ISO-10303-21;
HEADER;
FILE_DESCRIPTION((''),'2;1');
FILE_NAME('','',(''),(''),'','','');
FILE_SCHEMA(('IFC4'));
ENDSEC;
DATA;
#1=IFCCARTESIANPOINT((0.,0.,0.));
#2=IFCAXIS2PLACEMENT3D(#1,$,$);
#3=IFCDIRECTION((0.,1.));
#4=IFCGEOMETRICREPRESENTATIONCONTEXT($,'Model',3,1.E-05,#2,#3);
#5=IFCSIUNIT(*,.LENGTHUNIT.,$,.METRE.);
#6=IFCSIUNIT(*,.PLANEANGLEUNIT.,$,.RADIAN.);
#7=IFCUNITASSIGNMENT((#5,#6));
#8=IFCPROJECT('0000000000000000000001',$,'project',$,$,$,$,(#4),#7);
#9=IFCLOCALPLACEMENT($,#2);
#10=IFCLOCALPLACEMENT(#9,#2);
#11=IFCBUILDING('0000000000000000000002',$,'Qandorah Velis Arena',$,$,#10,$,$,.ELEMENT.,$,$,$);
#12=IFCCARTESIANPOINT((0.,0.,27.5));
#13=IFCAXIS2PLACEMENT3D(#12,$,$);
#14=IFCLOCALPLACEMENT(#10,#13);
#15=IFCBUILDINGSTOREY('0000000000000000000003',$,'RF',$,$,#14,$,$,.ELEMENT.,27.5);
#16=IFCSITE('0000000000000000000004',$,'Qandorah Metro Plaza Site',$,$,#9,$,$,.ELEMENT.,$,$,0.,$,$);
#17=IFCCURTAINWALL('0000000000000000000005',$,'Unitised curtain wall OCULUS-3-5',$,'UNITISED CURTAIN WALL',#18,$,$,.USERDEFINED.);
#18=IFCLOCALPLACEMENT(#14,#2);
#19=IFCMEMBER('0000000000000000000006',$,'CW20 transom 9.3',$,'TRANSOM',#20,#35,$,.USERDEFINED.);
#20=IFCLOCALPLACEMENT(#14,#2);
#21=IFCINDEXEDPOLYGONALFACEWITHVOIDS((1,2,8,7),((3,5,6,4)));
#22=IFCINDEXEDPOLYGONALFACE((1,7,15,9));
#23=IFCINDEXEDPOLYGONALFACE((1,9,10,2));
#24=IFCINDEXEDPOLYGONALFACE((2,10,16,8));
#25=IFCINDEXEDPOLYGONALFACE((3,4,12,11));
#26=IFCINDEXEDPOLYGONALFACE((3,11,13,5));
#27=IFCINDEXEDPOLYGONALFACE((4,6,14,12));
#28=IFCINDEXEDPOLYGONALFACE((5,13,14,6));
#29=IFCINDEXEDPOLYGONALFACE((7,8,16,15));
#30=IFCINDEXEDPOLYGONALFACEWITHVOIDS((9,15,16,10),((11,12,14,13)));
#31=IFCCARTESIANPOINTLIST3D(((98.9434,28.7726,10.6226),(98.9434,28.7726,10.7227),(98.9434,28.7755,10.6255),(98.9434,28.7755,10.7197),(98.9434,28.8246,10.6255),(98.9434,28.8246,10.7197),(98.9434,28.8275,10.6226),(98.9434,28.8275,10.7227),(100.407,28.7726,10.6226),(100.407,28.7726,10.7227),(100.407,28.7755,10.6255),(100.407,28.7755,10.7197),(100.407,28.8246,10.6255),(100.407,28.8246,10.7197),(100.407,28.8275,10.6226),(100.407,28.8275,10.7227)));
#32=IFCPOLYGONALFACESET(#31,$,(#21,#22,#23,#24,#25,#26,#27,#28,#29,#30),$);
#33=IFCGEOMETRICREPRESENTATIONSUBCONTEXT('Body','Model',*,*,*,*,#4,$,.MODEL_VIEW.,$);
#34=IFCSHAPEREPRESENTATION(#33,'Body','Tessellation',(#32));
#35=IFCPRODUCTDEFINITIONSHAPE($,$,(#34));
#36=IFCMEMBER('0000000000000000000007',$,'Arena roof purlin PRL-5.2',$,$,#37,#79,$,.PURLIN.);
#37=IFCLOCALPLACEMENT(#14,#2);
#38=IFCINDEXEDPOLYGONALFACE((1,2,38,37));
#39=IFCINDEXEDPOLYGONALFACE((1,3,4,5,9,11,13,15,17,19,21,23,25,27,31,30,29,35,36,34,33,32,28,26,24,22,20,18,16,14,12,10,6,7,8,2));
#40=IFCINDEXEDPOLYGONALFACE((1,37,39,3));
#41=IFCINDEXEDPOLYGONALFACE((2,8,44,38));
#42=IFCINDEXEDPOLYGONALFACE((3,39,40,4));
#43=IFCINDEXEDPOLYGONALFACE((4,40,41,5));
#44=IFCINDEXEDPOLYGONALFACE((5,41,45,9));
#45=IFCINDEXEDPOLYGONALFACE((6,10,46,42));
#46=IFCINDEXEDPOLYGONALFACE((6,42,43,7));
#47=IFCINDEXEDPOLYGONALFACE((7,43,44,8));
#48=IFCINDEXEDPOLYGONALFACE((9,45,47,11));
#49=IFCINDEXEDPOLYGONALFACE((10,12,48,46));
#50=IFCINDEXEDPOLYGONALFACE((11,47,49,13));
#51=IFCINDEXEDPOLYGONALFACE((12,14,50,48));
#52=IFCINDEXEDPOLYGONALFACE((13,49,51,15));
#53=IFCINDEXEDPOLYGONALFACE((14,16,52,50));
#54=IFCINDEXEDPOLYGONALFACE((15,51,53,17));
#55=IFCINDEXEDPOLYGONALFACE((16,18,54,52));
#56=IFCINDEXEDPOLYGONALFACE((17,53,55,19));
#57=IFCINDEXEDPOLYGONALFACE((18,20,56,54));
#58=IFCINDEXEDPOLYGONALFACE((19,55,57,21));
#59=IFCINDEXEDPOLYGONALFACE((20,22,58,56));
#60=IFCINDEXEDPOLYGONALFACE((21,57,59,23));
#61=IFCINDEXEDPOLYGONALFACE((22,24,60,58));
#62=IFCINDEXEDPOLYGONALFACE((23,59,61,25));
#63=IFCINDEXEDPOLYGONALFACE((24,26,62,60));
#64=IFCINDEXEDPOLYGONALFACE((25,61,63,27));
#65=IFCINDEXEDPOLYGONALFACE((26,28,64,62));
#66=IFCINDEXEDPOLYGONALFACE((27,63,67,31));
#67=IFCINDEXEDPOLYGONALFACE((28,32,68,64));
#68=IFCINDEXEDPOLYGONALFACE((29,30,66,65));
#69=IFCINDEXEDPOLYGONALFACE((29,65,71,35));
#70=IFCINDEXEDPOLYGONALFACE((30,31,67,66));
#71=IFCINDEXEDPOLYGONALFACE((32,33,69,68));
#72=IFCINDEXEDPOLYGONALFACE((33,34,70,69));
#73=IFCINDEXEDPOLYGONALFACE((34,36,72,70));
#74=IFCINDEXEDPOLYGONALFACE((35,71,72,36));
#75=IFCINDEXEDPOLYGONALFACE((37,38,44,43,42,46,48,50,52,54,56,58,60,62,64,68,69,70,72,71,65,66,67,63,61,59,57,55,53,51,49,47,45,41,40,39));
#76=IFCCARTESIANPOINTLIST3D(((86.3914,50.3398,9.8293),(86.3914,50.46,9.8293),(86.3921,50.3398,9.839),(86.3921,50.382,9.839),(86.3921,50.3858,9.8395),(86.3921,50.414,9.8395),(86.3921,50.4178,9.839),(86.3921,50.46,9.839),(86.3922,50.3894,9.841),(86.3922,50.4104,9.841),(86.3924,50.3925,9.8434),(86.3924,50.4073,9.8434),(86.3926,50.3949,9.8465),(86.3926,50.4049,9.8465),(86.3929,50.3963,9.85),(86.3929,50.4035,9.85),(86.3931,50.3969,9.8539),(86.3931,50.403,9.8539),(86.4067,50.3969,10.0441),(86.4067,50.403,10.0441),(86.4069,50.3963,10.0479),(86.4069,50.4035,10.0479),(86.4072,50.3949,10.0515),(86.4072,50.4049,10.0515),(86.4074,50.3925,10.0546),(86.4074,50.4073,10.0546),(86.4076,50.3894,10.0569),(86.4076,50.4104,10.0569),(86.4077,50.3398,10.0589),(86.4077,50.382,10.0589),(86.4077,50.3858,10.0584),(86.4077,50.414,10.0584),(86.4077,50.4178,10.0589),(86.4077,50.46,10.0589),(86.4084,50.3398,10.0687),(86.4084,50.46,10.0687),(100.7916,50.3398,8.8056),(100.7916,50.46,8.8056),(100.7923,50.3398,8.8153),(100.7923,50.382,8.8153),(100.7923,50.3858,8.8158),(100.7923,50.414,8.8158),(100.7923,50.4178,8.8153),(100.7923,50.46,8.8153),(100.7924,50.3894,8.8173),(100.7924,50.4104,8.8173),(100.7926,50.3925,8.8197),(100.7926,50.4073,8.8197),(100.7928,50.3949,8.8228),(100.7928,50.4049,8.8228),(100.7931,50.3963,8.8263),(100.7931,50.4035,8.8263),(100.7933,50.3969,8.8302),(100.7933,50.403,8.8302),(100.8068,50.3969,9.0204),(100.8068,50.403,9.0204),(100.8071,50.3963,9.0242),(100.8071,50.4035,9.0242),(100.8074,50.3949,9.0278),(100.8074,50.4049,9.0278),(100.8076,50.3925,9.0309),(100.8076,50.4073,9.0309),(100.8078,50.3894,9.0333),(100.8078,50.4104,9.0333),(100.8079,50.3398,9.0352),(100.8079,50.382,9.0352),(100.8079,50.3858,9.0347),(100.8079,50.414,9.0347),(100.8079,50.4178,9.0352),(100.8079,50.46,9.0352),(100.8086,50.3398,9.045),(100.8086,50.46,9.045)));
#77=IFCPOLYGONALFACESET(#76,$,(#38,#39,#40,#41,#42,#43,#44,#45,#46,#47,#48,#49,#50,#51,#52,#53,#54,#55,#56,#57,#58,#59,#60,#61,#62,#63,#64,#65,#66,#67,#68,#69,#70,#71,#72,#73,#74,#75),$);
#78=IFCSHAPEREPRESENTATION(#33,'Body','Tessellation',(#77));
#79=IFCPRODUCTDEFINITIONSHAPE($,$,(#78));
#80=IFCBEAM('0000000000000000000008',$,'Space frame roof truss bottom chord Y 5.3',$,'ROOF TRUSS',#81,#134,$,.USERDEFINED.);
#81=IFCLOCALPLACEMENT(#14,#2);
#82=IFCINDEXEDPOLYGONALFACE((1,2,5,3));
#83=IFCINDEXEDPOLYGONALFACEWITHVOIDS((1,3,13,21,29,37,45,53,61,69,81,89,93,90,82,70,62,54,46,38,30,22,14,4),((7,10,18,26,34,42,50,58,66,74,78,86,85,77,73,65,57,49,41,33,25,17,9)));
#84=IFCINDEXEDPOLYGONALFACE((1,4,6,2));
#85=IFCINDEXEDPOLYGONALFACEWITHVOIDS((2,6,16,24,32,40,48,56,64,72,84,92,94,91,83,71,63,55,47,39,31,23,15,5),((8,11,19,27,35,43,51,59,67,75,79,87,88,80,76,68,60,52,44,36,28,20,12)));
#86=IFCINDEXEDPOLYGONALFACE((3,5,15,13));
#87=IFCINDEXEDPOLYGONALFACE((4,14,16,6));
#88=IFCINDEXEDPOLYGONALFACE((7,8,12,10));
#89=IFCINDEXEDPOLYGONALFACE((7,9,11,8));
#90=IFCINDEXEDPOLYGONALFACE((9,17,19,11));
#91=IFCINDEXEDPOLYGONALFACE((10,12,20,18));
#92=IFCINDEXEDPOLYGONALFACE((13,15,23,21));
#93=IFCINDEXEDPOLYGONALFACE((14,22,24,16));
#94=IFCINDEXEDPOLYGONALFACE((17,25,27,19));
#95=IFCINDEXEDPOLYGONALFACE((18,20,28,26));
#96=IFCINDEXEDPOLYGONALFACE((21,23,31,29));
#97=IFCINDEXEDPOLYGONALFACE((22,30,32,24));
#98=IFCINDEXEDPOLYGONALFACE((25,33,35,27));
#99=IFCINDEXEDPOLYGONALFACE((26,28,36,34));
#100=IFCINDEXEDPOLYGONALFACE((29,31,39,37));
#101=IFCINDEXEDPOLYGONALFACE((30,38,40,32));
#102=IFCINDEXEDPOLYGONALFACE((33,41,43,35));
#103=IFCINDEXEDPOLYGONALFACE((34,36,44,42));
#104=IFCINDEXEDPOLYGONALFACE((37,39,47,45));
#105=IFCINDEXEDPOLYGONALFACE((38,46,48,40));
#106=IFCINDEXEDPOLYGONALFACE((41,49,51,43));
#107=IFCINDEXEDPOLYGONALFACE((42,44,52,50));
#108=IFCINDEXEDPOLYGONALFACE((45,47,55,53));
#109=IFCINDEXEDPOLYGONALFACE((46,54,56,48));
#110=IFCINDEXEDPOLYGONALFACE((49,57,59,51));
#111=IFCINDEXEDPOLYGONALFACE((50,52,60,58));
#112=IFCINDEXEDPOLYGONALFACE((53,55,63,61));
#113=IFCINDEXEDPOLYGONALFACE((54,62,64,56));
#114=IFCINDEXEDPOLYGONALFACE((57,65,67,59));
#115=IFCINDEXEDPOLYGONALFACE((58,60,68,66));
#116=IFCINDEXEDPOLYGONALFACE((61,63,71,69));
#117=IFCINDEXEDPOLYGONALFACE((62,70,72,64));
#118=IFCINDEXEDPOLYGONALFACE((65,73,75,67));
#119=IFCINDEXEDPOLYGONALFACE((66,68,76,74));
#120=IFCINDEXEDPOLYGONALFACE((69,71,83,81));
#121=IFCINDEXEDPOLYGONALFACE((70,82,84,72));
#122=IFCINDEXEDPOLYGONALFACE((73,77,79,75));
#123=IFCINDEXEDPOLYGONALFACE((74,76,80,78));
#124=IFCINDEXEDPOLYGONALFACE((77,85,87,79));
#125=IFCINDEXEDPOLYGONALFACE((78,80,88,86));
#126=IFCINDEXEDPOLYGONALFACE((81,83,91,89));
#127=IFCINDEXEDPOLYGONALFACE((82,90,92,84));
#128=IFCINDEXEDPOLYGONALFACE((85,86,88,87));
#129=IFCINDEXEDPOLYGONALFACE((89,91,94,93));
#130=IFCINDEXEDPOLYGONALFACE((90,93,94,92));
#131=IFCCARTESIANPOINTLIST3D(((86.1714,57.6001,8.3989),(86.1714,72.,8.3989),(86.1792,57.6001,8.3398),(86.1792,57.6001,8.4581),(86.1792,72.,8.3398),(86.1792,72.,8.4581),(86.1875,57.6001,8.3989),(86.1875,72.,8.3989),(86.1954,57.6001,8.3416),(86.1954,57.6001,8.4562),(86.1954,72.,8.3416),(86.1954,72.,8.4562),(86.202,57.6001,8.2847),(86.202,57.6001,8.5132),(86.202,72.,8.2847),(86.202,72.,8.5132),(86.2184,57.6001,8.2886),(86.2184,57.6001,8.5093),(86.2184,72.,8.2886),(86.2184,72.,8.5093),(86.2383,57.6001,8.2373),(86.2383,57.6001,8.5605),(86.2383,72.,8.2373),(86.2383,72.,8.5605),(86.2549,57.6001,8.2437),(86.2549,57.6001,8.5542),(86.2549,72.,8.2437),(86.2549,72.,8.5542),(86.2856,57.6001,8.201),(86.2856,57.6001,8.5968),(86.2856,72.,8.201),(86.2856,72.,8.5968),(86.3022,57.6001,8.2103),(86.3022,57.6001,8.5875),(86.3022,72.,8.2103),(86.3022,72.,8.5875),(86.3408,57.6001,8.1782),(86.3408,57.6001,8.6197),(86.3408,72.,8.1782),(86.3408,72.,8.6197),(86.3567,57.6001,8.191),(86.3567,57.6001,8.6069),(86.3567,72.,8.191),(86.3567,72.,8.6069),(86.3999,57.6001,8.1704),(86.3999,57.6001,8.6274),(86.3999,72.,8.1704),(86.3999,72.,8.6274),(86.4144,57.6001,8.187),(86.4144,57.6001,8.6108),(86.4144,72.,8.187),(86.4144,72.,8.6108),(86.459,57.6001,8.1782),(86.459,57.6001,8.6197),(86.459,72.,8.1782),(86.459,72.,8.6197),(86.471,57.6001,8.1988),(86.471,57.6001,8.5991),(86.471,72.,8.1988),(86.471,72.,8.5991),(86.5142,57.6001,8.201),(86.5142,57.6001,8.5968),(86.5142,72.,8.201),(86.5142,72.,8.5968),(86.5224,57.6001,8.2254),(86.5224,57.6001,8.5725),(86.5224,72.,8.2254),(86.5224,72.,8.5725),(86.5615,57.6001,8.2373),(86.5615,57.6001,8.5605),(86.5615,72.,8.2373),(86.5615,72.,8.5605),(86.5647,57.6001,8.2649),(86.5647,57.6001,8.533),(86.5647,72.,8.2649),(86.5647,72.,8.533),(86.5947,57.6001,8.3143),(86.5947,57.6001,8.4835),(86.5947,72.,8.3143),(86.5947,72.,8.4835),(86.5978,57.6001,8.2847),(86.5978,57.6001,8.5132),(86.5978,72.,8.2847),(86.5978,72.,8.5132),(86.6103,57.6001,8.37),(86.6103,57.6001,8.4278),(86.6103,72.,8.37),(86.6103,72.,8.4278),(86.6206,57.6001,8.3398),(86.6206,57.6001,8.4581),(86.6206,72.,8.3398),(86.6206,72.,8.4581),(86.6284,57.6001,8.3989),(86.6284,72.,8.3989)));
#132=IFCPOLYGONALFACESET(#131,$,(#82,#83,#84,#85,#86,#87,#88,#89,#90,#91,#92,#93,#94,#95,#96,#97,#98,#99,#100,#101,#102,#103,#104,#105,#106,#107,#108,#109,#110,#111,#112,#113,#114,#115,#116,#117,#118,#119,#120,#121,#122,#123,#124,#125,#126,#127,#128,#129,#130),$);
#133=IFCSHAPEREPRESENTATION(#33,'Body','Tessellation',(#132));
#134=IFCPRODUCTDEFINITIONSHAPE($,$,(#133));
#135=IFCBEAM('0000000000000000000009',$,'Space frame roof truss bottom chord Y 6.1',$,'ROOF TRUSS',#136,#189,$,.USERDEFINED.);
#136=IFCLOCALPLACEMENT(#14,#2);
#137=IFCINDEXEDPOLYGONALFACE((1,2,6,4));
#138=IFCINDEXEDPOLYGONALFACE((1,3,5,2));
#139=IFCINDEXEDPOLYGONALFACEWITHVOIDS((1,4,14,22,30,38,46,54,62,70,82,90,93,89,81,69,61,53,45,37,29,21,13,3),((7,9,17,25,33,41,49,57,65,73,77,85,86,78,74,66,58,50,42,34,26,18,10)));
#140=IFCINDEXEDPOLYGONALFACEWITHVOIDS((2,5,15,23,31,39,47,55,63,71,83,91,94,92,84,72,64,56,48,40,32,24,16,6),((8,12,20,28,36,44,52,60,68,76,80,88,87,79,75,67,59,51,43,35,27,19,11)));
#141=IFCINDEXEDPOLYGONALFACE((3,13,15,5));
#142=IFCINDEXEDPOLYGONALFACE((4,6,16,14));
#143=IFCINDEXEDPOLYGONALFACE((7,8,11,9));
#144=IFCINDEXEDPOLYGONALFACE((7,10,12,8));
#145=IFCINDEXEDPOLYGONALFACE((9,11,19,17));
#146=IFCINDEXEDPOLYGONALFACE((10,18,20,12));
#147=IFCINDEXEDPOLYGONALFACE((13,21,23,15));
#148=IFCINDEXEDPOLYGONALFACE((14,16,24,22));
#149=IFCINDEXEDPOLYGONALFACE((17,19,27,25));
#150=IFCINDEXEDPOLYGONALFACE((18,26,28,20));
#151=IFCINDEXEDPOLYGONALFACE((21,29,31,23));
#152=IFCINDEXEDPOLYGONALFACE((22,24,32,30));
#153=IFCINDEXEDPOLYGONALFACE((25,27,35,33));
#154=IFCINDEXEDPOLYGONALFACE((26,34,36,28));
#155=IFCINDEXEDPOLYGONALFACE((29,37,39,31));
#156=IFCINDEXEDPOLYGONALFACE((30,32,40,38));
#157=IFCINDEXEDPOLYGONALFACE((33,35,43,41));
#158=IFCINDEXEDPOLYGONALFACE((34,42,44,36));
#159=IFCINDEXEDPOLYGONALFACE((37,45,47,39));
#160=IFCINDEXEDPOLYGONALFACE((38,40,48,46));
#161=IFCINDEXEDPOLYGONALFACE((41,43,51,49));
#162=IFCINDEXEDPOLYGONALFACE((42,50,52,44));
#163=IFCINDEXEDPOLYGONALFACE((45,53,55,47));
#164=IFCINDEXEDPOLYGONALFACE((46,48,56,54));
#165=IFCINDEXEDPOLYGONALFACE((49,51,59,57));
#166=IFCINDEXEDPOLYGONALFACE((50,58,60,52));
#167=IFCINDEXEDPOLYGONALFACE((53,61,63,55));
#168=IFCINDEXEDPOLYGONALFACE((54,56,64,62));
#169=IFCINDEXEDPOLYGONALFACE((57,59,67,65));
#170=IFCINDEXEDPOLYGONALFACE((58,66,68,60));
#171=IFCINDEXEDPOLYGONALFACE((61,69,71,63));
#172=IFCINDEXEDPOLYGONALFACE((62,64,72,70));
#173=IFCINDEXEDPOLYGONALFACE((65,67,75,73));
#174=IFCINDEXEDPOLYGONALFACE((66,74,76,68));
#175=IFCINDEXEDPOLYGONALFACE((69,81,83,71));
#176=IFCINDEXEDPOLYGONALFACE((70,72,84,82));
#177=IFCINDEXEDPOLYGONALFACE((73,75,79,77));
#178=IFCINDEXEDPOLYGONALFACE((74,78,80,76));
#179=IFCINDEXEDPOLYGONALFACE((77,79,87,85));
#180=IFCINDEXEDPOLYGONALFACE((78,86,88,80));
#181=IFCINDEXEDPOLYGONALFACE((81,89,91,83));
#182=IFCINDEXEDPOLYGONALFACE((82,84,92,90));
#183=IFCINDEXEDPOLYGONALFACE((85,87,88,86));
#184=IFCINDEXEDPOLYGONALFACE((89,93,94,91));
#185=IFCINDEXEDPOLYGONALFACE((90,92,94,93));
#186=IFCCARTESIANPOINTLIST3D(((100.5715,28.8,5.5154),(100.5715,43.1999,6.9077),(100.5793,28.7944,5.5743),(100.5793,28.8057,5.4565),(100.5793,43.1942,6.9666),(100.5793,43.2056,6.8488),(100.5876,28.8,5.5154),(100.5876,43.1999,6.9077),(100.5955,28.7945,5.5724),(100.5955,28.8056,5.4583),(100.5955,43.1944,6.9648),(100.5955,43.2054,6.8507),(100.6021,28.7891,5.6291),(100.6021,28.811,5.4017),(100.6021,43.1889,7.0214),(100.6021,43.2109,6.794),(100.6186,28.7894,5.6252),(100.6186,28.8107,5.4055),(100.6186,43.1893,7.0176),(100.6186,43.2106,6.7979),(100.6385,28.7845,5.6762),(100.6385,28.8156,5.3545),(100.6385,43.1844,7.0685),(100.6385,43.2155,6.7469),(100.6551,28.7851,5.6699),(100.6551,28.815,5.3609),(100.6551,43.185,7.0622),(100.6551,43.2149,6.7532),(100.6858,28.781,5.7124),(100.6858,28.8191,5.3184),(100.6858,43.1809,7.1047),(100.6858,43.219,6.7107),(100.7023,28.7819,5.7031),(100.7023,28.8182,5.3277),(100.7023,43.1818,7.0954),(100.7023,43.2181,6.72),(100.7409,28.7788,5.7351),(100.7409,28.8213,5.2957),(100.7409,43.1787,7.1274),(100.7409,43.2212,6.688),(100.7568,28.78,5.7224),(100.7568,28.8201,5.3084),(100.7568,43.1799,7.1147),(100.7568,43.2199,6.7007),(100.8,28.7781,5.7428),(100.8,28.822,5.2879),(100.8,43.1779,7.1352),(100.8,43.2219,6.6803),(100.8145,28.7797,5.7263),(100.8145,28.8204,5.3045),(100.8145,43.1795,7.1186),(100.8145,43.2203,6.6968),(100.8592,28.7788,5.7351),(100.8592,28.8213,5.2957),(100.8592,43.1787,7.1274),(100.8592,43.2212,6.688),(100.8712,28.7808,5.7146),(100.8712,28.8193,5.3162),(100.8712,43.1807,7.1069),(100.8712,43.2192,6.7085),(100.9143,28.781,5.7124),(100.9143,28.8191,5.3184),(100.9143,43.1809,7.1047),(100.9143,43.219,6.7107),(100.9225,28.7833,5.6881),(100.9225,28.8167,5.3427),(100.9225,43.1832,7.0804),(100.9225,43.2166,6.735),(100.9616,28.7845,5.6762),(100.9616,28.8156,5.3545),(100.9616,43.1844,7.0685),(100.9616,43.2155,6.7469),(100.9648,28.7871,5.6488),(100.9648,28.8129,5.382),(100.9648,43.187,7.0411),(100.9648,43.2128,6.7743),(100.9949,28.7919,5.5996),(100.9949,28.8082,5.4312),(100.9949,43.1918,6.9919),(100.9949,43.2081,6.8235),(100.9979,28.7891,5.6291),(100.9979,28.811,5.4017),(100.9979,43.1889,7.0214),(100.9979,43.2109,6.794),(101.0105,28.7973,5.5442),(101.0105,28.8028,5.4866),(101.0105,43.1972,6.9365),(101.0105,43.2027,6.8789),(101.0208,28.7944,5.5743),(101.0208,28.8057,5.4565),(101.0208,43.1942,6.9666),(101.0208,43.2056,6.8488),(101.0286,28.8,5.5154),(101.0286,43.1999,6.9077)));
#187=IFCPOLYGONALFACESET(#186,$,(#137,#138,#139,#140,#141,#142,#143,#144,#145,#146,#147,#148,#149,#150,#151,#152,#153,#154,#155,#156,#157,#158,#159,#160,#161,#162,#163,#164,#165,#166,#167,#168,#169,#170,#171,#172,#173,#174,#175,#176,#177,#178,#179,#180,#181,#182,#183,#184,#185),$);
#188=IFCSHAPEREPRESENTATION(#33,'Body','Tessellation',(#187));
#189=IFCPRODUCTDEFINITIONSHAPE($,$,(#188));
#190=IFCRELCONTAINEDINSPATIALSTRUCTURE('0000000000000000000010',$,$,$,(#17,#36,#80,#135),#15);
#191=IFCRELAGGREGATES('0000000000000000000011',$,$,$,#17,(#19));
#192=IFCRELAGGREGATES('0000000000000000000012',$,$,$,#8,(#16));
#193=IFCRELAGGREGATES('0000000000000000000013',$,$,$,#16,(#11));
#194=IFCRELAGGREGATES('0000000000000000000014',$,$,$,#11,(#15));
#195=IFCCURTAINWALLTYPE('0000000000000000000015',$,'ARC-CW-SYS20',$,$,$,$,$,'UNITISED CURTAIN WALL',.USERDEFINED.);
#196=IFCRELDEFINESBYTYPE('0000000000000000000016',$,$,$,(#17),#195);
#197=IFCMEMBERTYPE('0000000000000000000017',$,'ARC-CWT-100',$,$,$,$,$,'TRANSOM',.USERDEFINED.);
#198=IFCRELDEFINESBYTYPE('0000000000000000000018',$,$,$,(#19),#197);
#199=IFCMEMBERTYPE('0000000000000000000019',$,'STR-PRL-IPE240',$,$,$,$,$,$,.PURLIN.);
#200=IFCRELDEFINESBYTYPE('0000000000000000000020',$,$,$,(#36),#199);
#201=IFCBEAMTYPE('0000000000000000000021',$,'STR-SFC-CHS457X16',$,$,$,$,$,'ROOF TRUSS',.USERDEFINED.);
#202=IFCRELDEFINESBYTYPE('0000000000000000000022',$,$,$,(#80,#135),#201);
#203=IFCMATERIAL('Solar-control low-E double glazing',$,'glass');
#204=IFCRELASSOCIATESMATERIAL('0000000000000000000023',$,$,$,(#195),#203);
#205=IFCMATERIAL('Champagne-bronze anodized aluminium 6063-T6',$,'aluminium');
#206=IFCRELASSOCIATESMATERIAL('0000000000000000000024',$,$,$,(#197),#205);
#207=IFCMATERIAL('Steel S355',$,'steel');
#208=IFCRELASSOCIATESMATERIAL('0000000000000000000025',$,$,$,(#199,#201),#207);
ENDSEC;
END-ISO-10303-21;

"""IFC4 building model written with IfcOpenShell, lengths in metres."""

from ifc_helpers import new_model, si_unit, direction, frame, origin, origin_2d, place, context, subcontext, project, spatial, hollow_rectangle, hollow_circle, i_section, extrude, material, material_profile, profile_set, type_object, element, aggregate, save


model = new_model("IFC4")

# Units and contexts
model_context = context("Model", 3, precision=1e-05, world=origin(), true_north=direction((0.0, 1.0)))
body_context = subcontext(model_context, "Body", "Model", "MODEL_VIEW")
ifc_project = project(units=[si_unit("LENGTHUNIT", "METRE"), si_unit("PLANEANGLEUNIT", "RADIAN")], contexts=[model_context])

# Site, building, storey
site_placement = place(None, origin())
site = spatial("IfcSite", under=ifc_project, at=site_placement, Name="Qandorah Metro Plaza Site", CompositionType="ELEMENT", RefElevation=0.0)
building_placement = place(site_placement, origin())
building = spatial("IfcBuilding", under=site, at=building_placement, Name="Qandorah Velis Arena", CompositionType="ELEMENT")
storey_placement = place(building_placement, frame((0.0, 0.0, 27.5)))
storey = spatial("IfcBuildingStorey", under=building, at=storey_placement, Name="RF", CompositionType="ELEMENT", Elevation=27.5)

# Shared definitions
ifc_material_1 = material(Name="Solar-control low-E double glazing", Category="glass")
ifc_material_2 = material(Name="Champagne-bronze anodized aluminium 6063-T6", Category="aluminium")

# Curtain wall
curtain_wall_type_1 = type_object("IfcCurtainWallType", Name="ARC-CW-SYS20", ElementType="UNITISED CURTAIN WALL", PredefinedType="USERDEFINED", material=ifc_material_1)
curtain_wall_1_placement = place(storey_placement, origin())
curtain_wall_1 = element("IfcCurtainWall", 1, at=curtain_wall_1_placement, inside=storey, type_object=curtain_wall_type_1, Name="Unitised curtain wall OCULUS-3-5", ObjectType="UNITISED CURTAIN WALL", PredefinedType="USERDEFINED")

# Members
ifc_material_profile_1 = material_profile(ifc_material_2, hollow_rectangle(XDim=0.0549, YDim=0.1001, WallThickness=0.0029, at=origin_2d()), Name="ALU TRANSOM 55x100")
ifc_profile_set_1 = profile_set([ifc_material_profile_1], Name="Champagne-bronze anodized aluminium 6063-T6")
member_type_1 = type_object("IfcMemberType", Name="ARC-CWT-100", ElementType="TRANSOM", PredefinedType="USERDEFINED", material=ifc_profile_set_1)
member_1_placement = place(storey_placement, frame((98.9434, 28.8, 10.6726), z_axis=(1.0, 0.0, 0.0), x_axis=(0.0, 1.0, 0.0)))
member_1 = element("IfcMember", 2, at=member_1_placement, type_object=member_type_1, Name="CW20 transom 9.3", ObjectType="TRANSOM", PredefinedType="USERDEFINED", context=body_context, shape_type="SweptSolid", body=[
    extrude(hollow_rectangle(XDim=0.0549, YDim=0.1001, WallThickness=0.0029, at=origin_2d()), origin(), (0.0, 0.0, 1.0), 1.4636),
])
ifc_material_3 = material(Name="Steel S355", Category="steel")
ifc_material_profile_2 = material_profile(ifc_material_3, i_section(OverallWidth=0.1201, OverallDepth=0.24, WebThickness=0.0061, FlangeThickness=0.0098, FilletRadius=0.0149, at=origin_2d()), Name="IPE 240")
ifc_profile_set_2 = profile_set([ifc_material_profile_2], Name="Steel S355")
member_type_2 = type_object("IfcMemberType", Name="STR-PRL-IPE240", PredefinedType="PURLIN", material=ifc_profile_set_2)
member_2_placement = place(storey_placement, frame((86.3999, 50.3999, 9.949), z_axis=(0.997483, 0.0, -0.070909), x_axis=(0.0, 1.0, 0.0)))
element("IfcMember", 3, at=member_2_placement, inside=storey, type_object=member_type_2, Name="Arena roof purlin PRL-5.2", PredefinedType="PURLIN", context=body_context, shape_type="SweptSolid", body=[
    extrude(i_section(OverallWidth=0.1201, OverallDepth=0.24, WebThickness=0.0061, FlangeThickness=0.0098, FilletRadius=0.0149, at=origin_2d()), origin(), (0.0, 0.0, 1.0), 14.4365),
])

# Beams
ifc_material_profile_3 = material_profile(ifc_material_3, hollow_circle(Radius=0.2285, WallThickness=0.0161, at=origin_2d()), Name="CHS 457x16")
ifc_profile_set_3 = profile_set([ifc_material_profile_3], Name="Steel S355")
beam_type_1 = type_object("IfcBeamType", Name="STR-SFC-CHS457X16", ElementType="ROOF TRUSS", PredefinedType="USERDEFINED", material=ifc_profile_set_3)
beam_1_placement = place(storey_placement, frame((86.3999, 57.6001, 8.3989), z_axis=(0.0, 1.0, 0.0), x_axis=(-1.0, 0.0, 0.0)))
element("IfcBeam", 4, at=beam_1_placement, inside=storey, type_object=beam_type_1, Name="Space frame roof truss bottom chord Y 5.3", ObjectType="ROOF TRUSS", PredefinedType="USERDEFINED", context=body_context, shape_type="SweptSolid", body=[
    extrude(hollow_circle(Radius=0.2285, WallThickness=0.0161, at=origin_2d()), origin(), (0.0, 0.0, 1.0), 14.3999),
])
beam_2_placement = place(storey_placement, frame((100.8, 28.8, 5.5154), z_axis=(0.0, 0.995358, 0.096242), x_axis=(-1.0, 0.0, 0.0)))
element("IfcBeam", 5, at=beam_2_placement, inside=storey, type_object=beam_type_1, Name="Space frame roof truss bottom chord Y 6.1", ObjectType="ROOF TRUSS", PredefinedType="USERDEFINED", context=body_context, shape_type="SweptSolid", body=[
    extrude(hollow_circle(Radius=0.2285, WallThickness=0.0161, at=origin_2d()), origin(), (0.0, 0.0, 1.0), 14.467),
])

aggregate(curtain_wall_1, [member_1])

save(model, "model.ifc")
